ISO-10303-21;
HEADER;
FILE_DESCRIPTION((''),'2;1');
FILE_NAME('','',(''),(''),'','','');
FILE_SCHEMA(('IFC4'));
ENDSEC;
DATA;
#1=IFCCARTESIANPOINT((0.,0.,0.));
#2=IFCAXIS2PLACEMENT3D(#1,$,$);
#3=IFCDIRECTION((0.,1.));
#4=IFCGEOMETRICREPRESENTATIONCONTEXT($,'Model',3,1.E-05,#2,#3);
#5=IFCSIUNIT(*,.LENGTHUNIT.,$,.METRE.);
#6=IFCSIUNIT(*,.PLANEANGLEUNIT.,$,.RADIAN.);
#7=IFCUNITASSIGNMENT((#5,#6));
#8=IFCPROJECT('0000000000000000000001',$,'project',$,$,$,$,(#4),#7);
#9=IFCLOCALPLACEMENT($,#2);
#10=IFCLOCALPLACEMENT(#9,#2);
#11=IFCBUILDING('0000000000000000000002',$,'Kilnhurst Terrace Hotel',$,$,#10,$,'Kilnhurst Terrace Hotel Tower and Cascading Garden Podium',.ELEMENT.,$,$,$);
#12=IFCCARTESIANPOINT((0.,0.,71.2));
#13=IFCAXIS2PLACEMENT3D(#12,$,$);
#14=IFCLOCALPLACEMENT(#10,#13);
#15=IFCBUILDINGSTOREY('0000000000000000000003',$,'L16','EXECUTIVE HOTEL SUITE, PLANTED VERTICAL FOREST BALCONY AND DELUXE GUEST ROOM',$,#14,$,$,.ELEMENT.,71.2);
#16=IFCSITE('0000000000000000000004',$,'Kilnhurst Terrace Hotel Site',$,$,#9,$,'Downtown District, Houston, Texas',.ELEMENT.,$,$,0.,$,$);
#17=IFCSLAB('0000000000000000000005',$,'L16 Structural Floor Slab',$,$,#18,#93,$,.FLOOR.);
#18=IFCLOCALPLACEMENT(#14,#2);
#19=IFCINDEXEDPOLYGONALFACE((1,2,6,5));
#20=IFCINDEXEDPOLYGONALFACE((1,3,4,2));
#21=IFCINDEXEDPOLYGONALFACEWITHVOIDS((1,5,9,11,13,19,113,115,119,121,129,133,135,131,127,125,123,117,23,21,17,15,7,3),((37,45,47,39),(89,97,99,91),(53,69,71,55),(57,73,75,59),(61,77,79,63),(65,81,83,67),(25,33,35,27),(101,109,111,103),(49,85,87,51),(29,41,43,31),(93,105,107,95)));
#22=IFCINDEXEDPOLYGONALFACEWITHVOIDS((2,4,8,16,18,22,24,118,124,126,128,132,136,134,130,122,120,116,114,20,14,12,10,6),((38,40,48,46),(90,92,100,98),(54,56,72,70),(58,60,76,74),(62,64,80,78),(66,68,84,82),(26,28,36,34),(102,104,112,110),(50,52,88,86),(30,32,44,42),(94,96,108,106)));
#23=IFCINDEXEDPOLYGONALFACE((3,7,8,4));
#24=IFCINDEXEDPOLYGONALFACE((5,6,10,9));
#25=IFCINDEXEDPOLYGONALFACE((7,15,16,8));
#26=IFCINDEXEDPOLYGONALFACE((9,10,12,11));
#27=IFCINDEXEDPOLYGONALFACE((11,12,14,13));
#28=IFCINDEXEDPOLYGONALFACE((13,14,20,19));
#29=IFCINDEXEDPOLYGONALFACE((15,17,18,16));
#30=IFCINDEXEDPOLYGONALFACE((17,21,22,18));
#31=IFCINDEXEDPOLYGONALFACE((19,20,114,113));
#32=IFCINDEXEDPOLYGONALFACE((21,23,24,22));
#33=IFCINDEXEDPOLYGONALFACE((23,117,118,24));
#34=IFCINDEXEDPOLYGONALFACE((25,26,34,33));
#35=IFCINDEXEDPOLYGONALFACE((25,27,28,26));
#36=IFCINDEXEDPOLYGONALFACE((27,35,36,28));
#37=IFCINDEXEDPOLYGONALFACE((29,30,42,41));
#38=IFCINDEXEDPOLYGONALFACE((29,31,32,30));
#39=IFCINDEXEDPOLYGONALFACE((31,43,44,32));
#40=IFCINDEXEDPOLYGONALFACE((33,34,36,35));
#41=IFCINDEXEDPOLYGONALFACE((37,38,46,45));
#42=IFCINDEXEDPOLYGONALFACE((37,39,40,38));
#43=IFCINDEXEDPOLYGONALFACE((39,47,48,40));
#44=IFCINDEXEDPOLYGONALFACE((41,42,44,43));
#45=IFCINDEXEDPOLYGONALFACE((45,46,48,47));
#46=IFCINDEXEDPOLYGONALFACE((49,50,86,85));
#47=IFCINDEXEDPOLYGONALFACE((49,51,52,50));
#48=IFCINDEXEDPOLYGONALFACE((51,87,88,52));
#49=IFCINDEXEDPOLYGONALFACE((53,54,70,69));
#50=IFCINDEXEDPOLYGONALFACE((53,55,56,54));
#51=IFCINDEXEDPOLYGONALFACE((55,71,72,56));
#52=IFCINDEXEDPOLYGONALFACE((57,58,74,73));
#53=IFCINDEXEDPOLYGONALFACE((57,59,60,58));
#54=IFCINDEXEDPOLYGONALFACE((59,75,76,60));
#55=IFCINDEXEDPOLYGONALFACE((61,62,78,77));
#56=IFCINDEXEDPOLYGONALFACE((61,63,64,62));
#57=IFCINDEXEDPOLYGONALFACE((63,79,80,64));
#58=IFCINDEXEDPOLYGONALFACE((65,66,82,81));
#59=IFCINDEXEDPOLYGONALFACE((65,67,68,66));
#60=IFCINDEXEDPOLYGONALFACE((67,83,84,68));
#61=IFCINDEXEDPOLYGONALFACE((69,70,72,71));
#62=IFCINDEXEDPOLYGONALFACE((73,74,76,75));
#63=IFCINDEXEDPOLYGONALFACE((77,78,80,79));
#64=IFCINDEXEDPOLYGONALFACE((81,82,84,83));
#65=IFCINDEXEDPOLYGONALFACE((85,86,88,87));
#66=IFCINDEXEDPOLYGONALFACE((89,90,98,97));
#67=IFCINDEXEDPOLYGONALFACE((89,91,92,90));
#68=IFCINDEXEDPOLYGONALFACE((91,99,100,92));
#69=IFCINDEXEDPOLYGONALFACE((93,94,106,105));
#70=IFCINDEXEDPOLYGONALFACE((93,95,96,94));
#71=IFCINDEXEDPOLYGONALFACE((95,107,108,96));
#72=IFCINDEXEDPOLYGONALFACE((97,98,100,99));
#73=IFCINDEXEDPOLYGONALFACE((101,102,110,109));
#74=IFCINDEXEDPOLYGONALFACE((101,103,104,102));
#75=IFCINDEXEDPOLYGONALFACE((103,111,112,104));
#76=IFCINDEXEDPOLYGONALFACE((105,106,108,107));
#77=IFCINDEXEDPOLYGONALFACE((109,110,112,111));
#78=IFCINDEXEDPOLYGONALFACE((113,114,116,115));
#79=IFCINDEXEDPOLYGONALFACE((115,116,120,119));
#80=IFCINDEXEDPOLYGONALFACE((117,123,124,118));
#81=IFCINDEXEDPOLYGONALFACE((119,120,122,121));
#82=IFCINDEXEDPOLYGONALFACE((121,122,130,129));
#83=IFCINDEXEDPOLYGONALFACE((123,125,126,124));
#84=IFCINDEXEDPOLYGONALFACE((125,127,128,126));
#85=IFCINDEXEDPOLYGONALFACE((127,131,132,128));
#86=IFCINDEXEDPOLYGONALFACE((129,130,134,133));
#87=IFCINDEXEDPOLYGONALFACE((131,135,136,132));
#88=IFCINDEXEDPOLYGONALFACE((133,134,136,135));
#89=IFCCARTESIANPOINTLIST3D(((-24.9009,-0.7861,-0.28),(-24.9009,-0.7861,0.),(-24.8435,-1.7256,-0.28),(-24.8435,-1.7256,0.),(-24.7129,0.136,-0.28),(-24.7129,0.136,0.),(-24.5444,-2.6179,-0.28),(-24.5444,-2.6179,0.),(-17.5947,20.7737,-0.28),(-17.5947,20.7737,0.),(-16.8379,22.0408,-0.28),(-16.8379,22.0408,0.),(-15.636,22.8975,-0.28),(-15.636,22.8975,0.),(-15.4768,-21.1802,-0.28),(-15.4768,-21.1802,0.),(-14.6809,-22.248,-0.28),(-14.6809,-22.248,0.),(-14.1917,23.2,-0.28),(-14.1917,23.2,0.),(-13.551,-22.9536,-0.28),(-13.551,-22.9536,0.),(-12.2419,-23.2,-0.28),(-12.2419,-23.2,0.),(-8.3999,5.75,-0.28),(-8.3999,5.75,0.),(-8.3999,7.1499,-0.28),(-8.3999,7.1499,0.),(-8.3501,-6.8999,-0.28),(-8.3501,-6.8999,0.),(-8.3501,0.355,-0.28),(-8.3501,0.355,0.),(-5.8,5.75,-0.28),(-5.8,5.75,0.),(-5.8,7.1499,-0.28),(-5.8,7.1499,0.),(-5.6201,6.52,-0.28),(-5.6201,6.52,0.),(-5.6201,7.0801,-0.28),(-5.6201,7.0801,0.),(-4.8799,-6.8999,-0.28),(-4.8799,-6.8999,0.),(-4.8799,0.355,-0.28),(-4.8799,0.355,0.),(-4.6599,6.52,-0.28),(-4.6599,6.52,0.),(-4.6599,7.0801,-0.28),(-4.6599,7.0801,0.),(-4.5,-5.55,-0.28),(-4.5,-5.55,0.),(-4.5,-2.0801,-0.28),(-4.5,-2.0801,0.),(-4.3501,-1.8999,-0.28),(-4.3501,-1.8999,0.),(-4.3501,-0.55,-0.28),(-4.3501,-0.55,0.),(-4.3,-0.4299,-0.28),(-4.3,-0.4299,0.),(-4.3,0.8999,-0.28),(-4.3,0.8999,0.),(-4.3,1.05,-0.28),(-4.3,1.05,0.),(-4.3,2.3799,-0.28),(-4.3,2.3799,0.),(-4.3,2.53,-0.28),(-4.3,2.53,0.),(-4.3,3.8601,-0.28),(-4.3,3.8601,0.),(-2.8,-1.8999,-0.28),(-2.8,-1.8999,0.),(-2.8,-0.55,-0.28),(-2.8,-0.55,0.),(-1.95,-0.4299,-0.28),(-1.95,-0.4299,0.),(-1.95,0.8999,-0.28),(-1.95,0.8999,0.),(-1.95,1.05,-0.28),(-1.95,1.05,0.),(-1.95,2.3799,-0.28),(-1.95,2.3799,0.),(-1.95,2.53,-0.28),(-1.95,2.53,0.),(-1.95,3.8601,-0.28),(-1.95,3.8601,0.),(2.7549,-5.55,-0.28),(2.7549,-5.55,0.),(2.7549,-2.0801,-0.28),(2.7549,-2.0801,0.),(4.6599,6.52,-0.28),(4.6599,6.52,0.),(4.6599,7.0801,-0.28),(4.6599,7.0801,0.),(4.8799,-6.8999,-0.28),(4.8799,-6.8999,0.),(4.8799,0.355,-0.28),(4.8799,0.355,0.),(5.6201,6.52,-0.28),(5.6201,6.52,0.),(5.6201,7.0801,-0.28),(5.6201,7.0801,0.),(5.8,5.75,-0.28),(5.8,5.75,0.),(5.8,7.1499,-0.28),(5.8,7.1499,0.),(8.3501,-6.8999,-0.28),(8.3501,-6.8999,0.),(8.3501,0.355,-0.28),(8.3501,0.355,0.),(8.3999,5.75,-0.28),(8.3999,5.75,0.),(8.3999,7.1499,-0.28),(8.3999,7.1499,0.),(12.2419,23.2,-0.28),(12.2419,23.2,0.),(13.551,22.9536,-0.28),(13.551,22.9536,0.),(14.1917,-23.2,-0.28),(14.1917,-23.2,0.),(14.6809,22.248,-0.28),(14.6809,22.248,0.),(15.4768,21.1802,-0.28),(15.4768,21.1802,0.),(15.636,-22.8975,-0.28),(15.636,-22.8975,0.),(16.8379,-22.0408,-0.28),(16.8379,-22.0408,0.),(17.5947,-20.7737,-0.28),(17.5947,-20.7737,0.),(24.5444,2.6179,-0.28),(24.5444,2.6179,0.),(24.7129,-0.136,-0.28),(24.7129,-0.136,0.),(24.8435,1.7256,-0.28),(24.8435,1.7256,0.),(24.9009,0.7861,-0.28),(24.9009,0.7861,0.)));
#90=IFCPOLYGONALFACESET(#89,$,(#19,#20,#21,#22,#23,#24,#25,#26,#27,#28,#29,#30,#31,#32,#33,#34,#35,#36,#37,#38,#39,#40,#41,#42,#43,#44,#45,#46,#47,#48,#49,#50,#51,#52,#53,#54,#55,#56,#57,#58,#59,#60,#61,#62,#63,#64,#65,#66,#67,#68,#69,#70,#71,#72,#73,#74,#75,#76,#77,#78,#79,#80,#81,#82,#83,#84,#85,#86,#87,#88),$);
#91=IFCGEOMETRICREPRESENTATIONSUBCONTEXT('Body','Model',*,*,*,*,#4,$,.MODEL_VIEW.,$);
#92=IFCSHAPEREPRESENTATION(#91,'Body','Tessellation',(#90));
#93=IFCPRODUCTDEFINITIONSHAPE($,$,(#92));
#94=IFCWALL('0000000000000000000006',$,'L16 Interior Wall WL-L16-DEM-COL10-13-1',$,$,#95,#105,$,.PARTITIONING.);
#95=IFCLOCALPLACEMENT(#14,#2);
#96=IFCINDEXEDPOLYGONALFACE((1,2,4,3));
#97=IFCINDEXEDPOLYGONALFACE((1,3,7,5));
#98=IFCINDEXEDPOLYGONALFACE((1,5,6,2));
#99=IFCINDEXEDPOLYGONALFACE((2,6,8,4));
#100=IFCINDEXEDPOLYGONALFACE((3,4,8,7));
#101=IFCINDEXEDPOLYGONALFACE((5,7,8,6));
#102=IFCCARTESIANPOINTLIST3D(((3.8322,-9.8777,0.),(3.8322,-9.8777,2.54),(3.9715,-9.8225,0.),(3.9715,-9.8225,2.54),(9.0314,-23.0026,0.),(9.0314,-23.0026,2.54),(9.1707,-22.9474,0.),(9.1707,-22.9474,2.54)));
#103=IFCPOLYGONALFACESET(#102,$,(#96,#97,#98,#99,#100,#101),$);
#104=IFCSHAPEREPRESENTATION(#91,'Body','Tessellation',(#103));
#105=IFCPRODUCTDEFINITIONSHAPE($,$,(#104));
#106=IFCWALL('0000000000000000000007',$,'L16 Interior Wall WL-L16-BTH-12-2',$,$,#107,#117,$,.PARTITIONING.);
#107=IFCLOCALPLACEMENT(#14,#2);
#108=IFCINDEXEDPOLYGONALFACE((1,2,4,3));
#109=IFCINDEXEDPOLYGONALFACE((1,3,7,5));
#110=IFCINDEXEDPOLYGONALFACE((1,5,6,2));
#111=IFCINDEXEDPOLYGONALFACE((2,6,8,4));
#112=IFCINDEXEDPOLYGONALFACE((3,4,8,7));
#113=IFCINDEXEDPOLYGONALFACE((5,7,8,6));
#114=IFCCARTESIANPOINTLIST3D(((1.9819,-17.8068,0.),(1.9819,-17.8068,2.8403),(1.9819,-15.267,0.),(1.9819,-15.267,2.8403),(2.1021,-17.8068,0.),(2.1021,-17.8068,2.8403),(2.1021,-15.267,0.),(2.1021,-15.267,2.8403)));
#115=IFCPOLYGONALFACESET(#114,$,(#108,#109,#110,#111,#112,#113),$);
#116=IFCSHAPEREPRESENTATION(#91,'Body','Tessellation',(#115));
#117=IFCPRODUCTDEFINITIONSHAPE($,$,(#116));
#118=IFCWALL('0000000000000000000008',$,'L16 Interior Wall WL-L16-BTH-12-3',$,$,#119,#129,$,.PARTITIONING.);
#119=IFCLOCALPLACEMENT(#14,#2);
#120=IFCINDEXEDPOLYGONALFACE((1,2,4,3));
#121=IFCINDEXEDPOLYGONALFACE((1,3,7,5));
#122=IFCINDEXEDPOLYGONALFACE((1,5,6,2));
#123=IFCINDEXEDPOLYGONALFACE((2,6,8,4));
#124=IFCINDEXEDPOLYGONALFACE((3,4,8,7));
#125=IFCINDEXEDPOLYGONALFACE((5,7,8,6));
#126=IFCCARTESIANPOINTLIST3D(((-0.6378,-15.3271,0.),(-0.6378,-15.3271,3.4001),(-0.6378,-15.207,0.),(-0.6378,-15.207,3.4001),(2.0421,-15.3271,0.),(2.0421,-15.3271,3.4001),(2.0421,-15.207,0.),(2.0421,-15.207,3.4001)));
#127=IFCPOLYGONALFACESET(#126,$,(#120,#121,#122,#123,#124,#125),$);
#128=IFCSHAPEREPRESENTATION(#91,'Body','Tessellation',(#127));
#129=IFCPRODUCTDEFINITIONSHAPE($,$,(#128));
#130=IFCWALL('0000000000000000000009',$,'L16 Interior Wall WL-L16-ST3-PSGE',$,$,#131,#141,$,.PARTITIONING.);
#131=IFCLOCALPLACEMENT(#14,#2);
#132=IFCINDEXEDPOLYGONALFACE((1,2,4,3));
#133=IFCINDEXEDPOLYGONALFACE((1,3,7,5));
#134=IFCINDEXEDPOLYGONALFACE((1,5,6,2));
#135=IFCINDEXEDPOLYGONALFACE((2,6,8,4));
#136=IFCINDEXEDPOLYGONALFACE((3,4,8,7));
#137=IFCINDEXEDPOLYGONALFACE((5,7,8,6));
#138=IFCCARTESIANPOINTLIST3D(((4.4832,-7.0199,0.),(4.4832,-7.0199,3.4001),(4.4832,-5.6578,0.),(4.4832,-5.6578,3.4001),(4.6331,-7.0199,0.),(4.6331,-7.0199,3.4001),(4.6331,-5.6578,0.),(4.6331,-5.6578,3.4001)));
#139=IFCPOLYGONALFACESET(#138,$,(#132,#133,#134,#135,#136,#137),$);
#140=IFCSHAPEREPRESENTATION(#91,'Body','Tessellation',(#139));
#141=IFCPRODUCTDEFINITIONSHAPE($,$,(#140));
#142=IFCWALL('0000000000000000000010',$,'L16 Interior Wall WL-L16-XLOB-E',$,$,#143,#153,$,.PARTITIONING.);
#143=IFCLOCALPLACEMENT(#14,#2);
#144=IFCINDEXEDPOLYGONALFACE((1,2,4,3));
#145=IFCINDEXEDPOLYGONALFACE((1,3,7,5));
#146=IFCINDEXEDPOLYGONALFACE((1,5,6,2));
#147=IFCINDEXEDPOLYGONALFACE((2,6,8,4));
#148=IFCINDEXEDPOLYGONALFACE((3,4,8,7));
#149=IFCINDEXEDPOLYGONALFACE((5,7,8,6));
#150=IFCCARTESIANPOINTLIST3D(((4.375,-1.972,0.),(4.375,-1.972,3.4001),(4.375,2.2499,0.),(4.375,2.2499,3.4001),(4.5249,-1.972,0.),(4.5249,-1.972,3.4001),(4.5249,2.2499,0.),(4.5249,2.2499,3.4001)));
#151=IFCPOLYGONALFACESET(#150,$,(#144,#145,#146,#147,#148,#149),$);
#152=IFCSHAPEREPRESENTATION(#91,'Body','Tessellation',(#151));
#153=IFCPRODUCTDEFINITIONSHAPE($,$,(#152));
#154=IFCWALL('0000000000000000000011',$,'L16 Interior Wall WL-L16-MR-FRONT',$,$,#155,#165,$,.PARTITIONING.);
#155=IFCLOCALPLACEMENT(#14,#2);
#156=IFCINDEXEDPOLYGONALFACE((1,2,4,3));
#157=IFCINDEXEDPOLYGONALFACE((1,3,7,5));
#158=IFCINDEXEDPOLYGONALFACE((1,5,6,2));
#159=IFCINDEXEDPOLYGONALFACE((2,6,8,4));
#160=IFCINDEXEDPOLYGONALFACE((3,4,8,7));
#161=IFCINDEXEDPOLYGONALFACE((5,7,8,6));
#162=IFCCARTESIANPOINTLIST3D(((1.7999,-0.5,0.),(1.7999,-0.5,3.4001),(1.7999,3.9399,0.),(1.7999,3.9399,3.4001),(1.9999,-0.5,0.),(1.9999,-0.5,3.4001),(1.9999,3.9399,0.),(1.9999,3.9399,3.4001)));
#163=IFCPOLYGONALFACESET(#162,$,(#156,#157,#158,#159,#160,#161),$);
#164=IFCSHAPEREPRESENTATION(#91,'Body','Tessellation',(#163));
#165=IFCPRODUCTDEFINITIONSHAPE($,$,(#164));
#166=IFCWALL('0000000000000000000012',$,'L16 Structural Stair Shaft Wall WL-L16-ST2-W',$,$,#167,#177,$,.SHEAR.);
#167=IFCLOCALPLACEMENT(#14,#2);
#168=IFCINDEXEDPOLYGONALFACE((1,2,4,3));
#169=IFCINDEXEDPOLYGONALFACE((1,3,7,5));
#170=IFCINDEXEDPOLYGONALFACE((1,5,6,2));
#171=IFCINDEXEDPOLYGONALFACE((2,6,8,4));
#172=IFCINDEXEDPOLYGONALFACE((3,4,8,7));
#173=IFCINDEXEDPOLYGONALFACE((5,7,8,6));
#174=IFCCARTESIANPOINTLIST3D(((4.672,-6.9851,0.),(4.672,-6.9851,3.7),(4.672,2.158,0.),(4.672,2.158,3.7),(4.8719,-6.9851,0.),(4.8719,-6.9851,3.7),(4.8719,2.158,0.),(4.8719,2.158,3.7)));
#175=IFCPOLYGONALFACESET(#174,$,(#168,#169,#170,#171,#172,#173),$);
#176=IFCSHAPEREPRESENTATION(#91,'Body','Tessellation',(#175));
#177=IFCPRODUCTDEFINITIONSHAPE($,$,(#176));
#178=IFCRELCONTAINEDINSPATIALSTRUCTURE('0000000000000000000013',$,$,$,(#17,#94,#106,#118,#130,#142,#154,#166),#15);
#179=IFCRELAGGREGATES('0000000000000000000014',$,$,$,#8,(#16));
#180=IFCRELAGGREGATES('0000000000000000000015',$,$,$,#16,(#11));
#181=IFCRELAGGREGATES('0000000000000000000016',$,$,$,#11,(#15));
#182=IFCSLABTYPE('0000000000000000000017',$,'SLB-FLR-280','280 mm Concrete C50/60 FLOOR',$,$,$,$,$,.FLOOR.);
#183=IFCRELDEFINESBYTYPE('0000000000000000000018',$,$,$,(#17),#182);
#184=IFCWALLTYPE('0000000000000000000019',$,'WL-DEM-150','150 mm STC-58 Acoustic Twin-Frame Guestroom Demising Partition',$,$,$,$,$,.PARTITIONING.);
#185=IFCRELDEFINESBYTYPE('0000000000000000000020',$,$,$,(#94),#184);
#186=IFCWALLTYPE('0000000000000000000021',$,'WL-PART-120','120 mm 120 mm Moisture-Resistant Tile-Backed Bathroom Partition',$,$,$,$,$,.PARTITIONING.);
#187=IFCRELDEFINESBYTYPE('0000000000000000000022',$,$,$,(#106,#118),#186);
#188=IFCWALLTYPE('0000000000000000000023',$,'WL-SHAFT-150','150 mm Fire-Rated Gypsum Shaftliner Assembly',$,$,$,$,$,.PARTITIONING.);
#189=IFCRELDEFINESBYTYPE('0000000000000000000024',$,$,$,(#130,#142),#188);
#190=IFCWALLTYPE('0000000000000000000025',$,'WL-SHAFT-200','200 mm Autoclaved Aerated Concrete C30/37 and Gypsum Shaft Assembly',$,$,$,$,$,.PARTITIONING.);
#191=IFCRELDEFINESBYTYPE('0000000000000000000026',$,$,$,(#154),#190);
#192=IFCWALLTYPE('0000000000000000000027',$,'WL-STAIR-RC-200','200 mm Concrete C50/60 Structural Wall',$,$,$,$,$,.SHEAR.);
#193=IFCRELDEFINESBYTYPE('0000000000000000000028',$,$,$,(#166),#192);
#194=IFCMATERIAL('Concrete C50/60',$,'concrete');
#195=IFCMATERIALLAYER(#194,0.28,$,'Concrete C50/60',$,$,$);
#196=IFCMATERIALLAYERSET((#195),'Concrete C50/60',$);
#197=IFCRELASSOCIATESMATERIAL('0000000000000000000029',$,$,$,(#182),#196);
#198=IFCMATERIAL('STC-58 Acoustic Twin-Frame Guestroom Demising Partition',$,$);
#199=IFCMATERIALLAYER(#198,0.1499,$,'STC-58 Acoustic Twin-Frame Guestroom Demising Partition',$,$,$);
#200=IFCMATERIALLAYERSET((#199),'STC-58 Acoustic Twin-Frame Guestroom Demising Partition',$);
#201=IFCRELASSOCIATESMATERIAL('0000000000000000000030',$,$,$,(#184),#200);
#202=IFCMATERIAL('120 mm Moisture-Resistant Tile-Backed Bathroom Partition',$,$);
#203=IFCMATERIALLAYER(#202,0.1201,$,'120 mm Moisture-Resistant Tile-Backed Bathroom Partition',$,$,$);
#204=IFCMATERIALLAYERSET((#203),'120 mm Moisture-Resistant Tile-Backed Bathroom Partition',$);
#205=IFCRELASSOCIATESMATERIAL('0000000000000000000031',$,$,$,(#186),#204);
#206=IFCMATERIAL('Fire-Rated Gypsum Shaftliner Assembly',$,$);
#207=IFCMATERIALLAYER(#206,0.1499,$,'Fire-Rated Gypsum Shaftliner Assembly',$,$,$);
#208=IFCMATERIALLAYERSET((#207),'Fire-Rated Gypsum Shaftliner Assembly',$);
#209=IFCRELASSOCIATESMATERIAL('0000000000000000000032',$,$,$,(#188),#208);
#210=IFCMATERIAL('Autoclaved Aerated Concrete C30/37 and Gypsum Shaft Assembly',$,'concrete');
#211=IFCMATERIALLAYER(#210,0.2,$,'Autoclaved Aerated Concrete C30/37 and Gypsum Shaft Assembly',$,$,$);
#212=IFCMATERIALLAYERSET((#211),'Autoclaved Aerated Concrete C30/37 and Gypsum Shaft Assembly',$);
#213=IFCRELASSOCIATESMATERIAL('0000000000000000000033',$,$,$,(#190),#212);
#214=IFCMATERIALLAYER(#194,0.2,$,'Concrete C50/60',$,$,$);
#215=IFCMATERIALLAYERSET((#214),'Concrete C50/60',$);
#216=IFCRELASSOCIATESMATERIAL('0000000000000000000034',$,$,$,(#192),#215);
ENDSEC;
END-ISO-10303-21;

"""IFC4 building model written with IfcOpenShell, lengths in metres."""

from ifc_helpers import new_model, si_unit, direction, frame, frame_2d, origin, place, context, subcontext, project, spatial, polyline, rectangle, outline, extrude, material, layer, layer_set, type_object, element, save


model = new_model("IFC4")

# Units and contexts
model_context = context("Model", 3, precision=1e-05, world=origin(), true_north=direction((0.0, 1.0)))
body_context = subcontext(model_context, "Body", "Model", "MODEL_VIEW")
ifc_project = project(units=[si_unit("LENGTHUNIT", "METRE"), si_unit("PLANEANGLEUNIT", "RADIAN")], contexts=[model_context])

# Site, building, storey
site_placement = place(None, origin())
site = spatial("IfcSite", under=ifc_project, at=site_placement, Name="Kilnhurst Terrace Hotel Site", LongName="Downtown District, Houston, Texas", CompositionType="ELEMENT", RefElevation=0.0)
building_placement = place(site_placement, origin())
building = spatial("IfcBuilding", under=site, at=building_placement, Name="Kilnhurst Terrace Hotel", LongName="Kilnhurst Terrace Hotel Tower and Cascading Garden Podium", CompositionType="ELEMENT")
storey_placement = place(building_placement, frame((0.0, 0.0, 71.2)))
storey = spatial("IfcBuildingStorey", under=building, at=storey_placement, Name="L16", Description="EXECUTIVE HOTEL SUITE, PLANTED VERTICAL FOREST BALCONY AND DELUXE GUEST ROOM", CompositionType="ELEMENT", Elevation=71.2)

# Shared definitions
ifc_material_1 = material(Name="Concrete C50/60", Category="concrete")

# Slab
ifc_layer_1 = layer(ifc_material_1, 0.28, Name="Concrete C50/60")
ifc_layer_set_1 = layer_set([ifc_layer_1], Name="Concrete C50/60")
slab_type_1 = type_object("IfcSlabType", Name="SLB-FLR-280", Description="280 mm Concrete C50/60 FLOOR", PredefinedType="FLOOR", material=ifc_layer_set_1)
slab_1_placement = place(storey_placement, frame((0.0, 0.0, -0.28)))
element("IfcSlab", 1, at=slab_1_placement, inside=storey, type_object=slab_type_1, Name="L16 Structural Floor Slab", PredefinedType="FLOOR", context=body_context, shape_type="SweptSolid", body=[
    extrude(outline(polyline([(-15.4768, -21.1802), (-14.6809, -22.248), (-13.551, -22.9536), (-12.2419, -23.2), (14.1917, -23.2), (15.636, -22.8975), (16.8379, -22.0408), (17.5947, -20.7737), (24.7129, -0.136), (24.9009, 0.7861), (24.8435, 1.7256), (24.5444, 2.6179), (15.4768, 21.1802), (14.6809, 22.248), (13.551, 22.9536), (12.2419, 23.2), (-14.1917, 23.2), (-15.636, 22.8975), (-16.8379, 22.0408), (-17.5947, 20.7737), (-24.7129, 0.136), (-24.9009, -0.7861), (-24.8435, -1.7256), (-24.5444, -2.6179), (-15.4768, -21.1802)]), holes=[polyline([(-8.3501, 0.355), (-4.8799, 0.355), (-4.8799, -6.8999), (-8.3501, -6.8999), (-8.3501, 0.355)]), polyline([(-2.8, -1.8999), (-4.3501, -1.8999), (-4.3501, -0.55), (-2.8, -0.55), (-2.8, -1.8999)]), polyline([(-1.95, -0.4299), (-4.3, -0.4299), (-4.3, 0.8999), (-1.95, 0.8999), (-1.95, -0.4299)]), polyline([(-4.3, 1.05), (-4.3, 2.3799), (-1.95, 2.3799), (-1.95, 1.05), (-4.3, 1.05)]), polyline([(-8.3999, 5.75), (-8.3999, 7.1499), (-5.8, 7.1499), (-5.8, 5.75), (-8.3999, 5.75)]), polyline([(-4.6599, 6.52), (-5.6201, 6.52), (-5.6201, 7.0801), (-4.6599, 7.0801), (-4.6599, 6.52)]), polyline([(2.7549, -5.55), (-4.5, -5.55), (-4.5, -2.0801), (2.7549, -2.0801), (2.7549, -5.55)]), polyline([(8.3501, 0.355), (8.3501, -6.8999), (4.8799, -6.8999), (4.8799, 0.355), (8.3501, 0.355)]), polyline([(-1.95, 2.53), (-4.3, 2.53), (-4.3, 3.8601), (-1.95, 3.8601), (-1.95, 2.53)]), polyline([(5.8, 5.75), (5.8, 7.1499), (8.3999, 7.1499), (8.3999, 5.75), (5.8, 5.75)]), polyline([(4.6599, 6.52), (4.6599, 7.0801), (5.6201, 7.0801), (5.6201, 6.52), (4.6599, 6.52)])]), origin(), (0.0, 0.0, 1.0), 0.28),
])

# Walls
ifc_material_2 = material(Name="STC-58 Acoustic Twin-Frame Guestroom Demising Partition")
ifc_layer_2 = layer(ifc_material_2, 0.1499, Name="STC-58 Acoustic Twin-Frame Guestroom Demising Partition")
ifc_layer_set_2 = layer_set([ifc_layer_2], Name="STC-58 Acoustic Twin-Frame Guestroom Demising Partition")
wall_type_1 = type_object("IfcWallType", Name="WL-DEM-150", Description="150 mm STC-58 Acoustic Twin-Frame Guestroom Demising Partition", PredefinedType="PARTITIONING", material=ifc_layer_set_2)
wall_1_placement = place(storey_placement, frame((3.9019, -9.8501, 0.0), z_axis=(0.0, 0.0, 1.0), x_axis=(0.368288, -0.929712, 0.0)))
element("IfcWall", 2, at=wall_1_placement, inside=storey, type_object=wall_type_1, Name="L16 Interior Wall WL-L16-DEM-COL10-13-1", PredefinedType="PARTITIONING", context=body_context, shape_type="SweptSolid", body=[
    extrude(rectangle(XDim=14.1172, YDim=0.1499, at=frame_2d((7.0586, 0.0))), origin(), (0.0, 0.0, 1.0), 2.54),
])
ifc_material_3 = material(Name="120 mm Moisture-Resistant Tile-Backed Bathroom Partition")
ifc_layer_3 = layer(ifc_material_3, 0.1201, Name="120 mm Moisture-Resistant Tile-Backed Bathroom Partition")
ifc_layer_set_3 = layer_set([ifc_layer_3], Name="120 mm Moisture-Resistant Tile-Backed Bathroom Partition")
wall_type_2 = type_object("IfcWallType", Name="WL-PART-120", Description="120 mm 120 mm Moisture-Resistant Tile-Backed Bathroom Partition", PredefinedType="PARTITIONING", material=ifc_layer_set_3)
wall_2_placement = place(storey_placement, frame((2.042, -17.8069, 0.0), z_axis=(0.0, 0.0, 1.0), x_axis=(0.0, 1.0, 0.0)))
element("IfcWall", 3, at=wall_2_placement, inside=storey, type_object=wall_type_2, Name="L16 Interior Wall WL-L16-BTH-12-2", PredefinedType="PARTITIONING", context=body_context, shape_type="SweptSolid", body=[
    extrude(rectangle(XDim=2.5398, YDim=0.1201, at=frame_2d((1.27, 0.0))), origin(), (0.0, 0.0, 1.0), 2.8403),
])
wall_3_placement = place(storey_placement, frame((2.042, -15.2671, 0.0), z_axis=(0.0, 0.0, 1.0), x_axis=(-1.0, 0.0, 0.0)))
element("IfcWall", 4, at=wall_3_placement, inside=storey, type_object=wall_type_2, Name="L16 Interior Wall WL-L16-BTH-12-3", PredefinedType="PARTITIONING", context=body_context, shape_type="SweptSolid", body=[
    extrude(rectangle(XDim=2.6799, YDim=0.1201, at=frame_2d((1.3398, 0.0))), origin(), (0.0, 0.0, 1.0), 3.4001),
])
ifc_material_4 = material(Name="Fire-Rated Gypsum Shaftliner Assembly")
ifc_layer_4 = layer(ifc_material_4, 0.1499, Name="Fire-Rated Gypsum Shaftliner Assembly")
ifc_layer_set_4 = layer_set([ifc_layer_4], Name="Fire-Rated Gypsum Shaftliner Assembly")
wall_type_3 = type_object("IfcWallType", Name="WL-SHAFT-150", Description="150 mm Fire-Rated Gypsum Shaftliner Assembly", PredefinedType="PARTITIONING", material=ifc_layer_set_4)
wall_4_placement = place(storey_placement, frame((4.5581, -7.02, 0.0), z_axis=(0.0, 0.0, 1.0), x_axis=(0.0, 1.0, 0.0)))
element("IfcWall", 5, at=wall_4_placement, inside=storey, type_object=wall_type_3, Name="L16 Interior Wall WL-L16-ST3-PSGE", PredefinedType="PARTITIONING", context=body_context, shape_type="SweptSolid", body=[
    extrude(rectangle(XDim=1.3621, YDim=0.1499, at=frame_2d((0.6812, 0.0))), origin(), (0.0, 0.0, 1.0), 3.4001),
])
wall_5_placement = place(storey_placement, frame((4.45, -1.9719, 0.0), z_axis=(0.0, 0.0, 1.0), x_axis=(0.0, 1.0, 0.0)))
element("IfcWall", 6, at=wall_5_placement, inside=storey, type_object=wall_type_3, Name="L16 Interior Wall WL-L16-XLOB-E", PredefinedType="PARTITIONING", context=body_context, shape_type="SweptSolid", body=[
    extrude(rectangle(XDim=4.2219, YDim=0.1499, at=frame_2d((2.1108, 0.0))), origin(), (0.0, 0.0, 1.0), 3.4001),
])
ifc_material_5 = material(Name="Autoclaved Aerated Concrete C30/37 and Gypsum Shaft Assembly", Category="concrete")
ifc_layer_5 = layer(ifc_material_5, 0.2, Name="Autoclaved Aerated Concrete C30/37 and Gypsum Shaft Assembly")
ifc_layer_set_5 = layer_set([ifc_layer_5], Name="Autoclaved Aerated Concrete C30/37 and Gypsum Shaft Assembly")
wall_type_4 = type_object("IfcWallType", Name="WL-SHAFT-200", Description="200 mm Autoclaved Aerated Concrete C30/37 and Gypsum Shaft Assembly", PredefinedType="PARTITIONING", material=ifc_layer_set_5)
wall_6_placement = place(storey_placement, frame((1.8999, -0.5, 0.0), z_axis=(0.0, 0.0, 1.0), x_axis=(0.0, 1.0, 0.0)))
element("IfcWall", 7, at=wall_6_placement, inside=storey, type_object=wall_type_4, Name="L16 Interior Wall WL-L16-MR-FRONT", PredefinedType="PARTITIONING", context=body_context, shape_type="SweptSolid", body=[
    extrude(rectangle(XDim=4.4399, YDim=0.2, at=frame_2d((2.22, 0.0))), origin(), (0.0, 0.0, 1.0), 3.4001),
])
ifc_layer_6 = layer(ifc_material_1, 0.2, Name="Concrete C50/60")
ifc_layer_set_6 = layer_set([ifc_layer_6], Name="Concrete C50/60")
wall_type_5 = type_object("IfcWallType", Name="WL-STAIR-RC-200", Description="200 mm Concrete C50/60 Structural Wall", PredefinedType="SHEAR", material=ifc_layer_set_6)
for number, where, z_axis, x_axis, name in (
    (8, (4.772, -6.9851, 0.0), (0.0, 0.0, 1.0), (0.0, 1.0, 0.0), "L16 Structural Stair Shaft Wall WL-L16-ST2-W"),
):
    element("IfcWall", number, at=place(storey_placement, frame(where, z_axis=z_axis, x_axis=x_axis)), inside=storey, type_object=wall_type_5, Name=name, PredefinedType="SHEAR", context=body_context, shape_type="SweptSolid", body=[
        extrude(rectangle(XDim=9.1431, YDim=0.2, at=frame_2d((4.5715, 0.0))), origin(), (0.0, 0.0, 1.0), 3.7),
    ])

save(model, "model.ifc")
